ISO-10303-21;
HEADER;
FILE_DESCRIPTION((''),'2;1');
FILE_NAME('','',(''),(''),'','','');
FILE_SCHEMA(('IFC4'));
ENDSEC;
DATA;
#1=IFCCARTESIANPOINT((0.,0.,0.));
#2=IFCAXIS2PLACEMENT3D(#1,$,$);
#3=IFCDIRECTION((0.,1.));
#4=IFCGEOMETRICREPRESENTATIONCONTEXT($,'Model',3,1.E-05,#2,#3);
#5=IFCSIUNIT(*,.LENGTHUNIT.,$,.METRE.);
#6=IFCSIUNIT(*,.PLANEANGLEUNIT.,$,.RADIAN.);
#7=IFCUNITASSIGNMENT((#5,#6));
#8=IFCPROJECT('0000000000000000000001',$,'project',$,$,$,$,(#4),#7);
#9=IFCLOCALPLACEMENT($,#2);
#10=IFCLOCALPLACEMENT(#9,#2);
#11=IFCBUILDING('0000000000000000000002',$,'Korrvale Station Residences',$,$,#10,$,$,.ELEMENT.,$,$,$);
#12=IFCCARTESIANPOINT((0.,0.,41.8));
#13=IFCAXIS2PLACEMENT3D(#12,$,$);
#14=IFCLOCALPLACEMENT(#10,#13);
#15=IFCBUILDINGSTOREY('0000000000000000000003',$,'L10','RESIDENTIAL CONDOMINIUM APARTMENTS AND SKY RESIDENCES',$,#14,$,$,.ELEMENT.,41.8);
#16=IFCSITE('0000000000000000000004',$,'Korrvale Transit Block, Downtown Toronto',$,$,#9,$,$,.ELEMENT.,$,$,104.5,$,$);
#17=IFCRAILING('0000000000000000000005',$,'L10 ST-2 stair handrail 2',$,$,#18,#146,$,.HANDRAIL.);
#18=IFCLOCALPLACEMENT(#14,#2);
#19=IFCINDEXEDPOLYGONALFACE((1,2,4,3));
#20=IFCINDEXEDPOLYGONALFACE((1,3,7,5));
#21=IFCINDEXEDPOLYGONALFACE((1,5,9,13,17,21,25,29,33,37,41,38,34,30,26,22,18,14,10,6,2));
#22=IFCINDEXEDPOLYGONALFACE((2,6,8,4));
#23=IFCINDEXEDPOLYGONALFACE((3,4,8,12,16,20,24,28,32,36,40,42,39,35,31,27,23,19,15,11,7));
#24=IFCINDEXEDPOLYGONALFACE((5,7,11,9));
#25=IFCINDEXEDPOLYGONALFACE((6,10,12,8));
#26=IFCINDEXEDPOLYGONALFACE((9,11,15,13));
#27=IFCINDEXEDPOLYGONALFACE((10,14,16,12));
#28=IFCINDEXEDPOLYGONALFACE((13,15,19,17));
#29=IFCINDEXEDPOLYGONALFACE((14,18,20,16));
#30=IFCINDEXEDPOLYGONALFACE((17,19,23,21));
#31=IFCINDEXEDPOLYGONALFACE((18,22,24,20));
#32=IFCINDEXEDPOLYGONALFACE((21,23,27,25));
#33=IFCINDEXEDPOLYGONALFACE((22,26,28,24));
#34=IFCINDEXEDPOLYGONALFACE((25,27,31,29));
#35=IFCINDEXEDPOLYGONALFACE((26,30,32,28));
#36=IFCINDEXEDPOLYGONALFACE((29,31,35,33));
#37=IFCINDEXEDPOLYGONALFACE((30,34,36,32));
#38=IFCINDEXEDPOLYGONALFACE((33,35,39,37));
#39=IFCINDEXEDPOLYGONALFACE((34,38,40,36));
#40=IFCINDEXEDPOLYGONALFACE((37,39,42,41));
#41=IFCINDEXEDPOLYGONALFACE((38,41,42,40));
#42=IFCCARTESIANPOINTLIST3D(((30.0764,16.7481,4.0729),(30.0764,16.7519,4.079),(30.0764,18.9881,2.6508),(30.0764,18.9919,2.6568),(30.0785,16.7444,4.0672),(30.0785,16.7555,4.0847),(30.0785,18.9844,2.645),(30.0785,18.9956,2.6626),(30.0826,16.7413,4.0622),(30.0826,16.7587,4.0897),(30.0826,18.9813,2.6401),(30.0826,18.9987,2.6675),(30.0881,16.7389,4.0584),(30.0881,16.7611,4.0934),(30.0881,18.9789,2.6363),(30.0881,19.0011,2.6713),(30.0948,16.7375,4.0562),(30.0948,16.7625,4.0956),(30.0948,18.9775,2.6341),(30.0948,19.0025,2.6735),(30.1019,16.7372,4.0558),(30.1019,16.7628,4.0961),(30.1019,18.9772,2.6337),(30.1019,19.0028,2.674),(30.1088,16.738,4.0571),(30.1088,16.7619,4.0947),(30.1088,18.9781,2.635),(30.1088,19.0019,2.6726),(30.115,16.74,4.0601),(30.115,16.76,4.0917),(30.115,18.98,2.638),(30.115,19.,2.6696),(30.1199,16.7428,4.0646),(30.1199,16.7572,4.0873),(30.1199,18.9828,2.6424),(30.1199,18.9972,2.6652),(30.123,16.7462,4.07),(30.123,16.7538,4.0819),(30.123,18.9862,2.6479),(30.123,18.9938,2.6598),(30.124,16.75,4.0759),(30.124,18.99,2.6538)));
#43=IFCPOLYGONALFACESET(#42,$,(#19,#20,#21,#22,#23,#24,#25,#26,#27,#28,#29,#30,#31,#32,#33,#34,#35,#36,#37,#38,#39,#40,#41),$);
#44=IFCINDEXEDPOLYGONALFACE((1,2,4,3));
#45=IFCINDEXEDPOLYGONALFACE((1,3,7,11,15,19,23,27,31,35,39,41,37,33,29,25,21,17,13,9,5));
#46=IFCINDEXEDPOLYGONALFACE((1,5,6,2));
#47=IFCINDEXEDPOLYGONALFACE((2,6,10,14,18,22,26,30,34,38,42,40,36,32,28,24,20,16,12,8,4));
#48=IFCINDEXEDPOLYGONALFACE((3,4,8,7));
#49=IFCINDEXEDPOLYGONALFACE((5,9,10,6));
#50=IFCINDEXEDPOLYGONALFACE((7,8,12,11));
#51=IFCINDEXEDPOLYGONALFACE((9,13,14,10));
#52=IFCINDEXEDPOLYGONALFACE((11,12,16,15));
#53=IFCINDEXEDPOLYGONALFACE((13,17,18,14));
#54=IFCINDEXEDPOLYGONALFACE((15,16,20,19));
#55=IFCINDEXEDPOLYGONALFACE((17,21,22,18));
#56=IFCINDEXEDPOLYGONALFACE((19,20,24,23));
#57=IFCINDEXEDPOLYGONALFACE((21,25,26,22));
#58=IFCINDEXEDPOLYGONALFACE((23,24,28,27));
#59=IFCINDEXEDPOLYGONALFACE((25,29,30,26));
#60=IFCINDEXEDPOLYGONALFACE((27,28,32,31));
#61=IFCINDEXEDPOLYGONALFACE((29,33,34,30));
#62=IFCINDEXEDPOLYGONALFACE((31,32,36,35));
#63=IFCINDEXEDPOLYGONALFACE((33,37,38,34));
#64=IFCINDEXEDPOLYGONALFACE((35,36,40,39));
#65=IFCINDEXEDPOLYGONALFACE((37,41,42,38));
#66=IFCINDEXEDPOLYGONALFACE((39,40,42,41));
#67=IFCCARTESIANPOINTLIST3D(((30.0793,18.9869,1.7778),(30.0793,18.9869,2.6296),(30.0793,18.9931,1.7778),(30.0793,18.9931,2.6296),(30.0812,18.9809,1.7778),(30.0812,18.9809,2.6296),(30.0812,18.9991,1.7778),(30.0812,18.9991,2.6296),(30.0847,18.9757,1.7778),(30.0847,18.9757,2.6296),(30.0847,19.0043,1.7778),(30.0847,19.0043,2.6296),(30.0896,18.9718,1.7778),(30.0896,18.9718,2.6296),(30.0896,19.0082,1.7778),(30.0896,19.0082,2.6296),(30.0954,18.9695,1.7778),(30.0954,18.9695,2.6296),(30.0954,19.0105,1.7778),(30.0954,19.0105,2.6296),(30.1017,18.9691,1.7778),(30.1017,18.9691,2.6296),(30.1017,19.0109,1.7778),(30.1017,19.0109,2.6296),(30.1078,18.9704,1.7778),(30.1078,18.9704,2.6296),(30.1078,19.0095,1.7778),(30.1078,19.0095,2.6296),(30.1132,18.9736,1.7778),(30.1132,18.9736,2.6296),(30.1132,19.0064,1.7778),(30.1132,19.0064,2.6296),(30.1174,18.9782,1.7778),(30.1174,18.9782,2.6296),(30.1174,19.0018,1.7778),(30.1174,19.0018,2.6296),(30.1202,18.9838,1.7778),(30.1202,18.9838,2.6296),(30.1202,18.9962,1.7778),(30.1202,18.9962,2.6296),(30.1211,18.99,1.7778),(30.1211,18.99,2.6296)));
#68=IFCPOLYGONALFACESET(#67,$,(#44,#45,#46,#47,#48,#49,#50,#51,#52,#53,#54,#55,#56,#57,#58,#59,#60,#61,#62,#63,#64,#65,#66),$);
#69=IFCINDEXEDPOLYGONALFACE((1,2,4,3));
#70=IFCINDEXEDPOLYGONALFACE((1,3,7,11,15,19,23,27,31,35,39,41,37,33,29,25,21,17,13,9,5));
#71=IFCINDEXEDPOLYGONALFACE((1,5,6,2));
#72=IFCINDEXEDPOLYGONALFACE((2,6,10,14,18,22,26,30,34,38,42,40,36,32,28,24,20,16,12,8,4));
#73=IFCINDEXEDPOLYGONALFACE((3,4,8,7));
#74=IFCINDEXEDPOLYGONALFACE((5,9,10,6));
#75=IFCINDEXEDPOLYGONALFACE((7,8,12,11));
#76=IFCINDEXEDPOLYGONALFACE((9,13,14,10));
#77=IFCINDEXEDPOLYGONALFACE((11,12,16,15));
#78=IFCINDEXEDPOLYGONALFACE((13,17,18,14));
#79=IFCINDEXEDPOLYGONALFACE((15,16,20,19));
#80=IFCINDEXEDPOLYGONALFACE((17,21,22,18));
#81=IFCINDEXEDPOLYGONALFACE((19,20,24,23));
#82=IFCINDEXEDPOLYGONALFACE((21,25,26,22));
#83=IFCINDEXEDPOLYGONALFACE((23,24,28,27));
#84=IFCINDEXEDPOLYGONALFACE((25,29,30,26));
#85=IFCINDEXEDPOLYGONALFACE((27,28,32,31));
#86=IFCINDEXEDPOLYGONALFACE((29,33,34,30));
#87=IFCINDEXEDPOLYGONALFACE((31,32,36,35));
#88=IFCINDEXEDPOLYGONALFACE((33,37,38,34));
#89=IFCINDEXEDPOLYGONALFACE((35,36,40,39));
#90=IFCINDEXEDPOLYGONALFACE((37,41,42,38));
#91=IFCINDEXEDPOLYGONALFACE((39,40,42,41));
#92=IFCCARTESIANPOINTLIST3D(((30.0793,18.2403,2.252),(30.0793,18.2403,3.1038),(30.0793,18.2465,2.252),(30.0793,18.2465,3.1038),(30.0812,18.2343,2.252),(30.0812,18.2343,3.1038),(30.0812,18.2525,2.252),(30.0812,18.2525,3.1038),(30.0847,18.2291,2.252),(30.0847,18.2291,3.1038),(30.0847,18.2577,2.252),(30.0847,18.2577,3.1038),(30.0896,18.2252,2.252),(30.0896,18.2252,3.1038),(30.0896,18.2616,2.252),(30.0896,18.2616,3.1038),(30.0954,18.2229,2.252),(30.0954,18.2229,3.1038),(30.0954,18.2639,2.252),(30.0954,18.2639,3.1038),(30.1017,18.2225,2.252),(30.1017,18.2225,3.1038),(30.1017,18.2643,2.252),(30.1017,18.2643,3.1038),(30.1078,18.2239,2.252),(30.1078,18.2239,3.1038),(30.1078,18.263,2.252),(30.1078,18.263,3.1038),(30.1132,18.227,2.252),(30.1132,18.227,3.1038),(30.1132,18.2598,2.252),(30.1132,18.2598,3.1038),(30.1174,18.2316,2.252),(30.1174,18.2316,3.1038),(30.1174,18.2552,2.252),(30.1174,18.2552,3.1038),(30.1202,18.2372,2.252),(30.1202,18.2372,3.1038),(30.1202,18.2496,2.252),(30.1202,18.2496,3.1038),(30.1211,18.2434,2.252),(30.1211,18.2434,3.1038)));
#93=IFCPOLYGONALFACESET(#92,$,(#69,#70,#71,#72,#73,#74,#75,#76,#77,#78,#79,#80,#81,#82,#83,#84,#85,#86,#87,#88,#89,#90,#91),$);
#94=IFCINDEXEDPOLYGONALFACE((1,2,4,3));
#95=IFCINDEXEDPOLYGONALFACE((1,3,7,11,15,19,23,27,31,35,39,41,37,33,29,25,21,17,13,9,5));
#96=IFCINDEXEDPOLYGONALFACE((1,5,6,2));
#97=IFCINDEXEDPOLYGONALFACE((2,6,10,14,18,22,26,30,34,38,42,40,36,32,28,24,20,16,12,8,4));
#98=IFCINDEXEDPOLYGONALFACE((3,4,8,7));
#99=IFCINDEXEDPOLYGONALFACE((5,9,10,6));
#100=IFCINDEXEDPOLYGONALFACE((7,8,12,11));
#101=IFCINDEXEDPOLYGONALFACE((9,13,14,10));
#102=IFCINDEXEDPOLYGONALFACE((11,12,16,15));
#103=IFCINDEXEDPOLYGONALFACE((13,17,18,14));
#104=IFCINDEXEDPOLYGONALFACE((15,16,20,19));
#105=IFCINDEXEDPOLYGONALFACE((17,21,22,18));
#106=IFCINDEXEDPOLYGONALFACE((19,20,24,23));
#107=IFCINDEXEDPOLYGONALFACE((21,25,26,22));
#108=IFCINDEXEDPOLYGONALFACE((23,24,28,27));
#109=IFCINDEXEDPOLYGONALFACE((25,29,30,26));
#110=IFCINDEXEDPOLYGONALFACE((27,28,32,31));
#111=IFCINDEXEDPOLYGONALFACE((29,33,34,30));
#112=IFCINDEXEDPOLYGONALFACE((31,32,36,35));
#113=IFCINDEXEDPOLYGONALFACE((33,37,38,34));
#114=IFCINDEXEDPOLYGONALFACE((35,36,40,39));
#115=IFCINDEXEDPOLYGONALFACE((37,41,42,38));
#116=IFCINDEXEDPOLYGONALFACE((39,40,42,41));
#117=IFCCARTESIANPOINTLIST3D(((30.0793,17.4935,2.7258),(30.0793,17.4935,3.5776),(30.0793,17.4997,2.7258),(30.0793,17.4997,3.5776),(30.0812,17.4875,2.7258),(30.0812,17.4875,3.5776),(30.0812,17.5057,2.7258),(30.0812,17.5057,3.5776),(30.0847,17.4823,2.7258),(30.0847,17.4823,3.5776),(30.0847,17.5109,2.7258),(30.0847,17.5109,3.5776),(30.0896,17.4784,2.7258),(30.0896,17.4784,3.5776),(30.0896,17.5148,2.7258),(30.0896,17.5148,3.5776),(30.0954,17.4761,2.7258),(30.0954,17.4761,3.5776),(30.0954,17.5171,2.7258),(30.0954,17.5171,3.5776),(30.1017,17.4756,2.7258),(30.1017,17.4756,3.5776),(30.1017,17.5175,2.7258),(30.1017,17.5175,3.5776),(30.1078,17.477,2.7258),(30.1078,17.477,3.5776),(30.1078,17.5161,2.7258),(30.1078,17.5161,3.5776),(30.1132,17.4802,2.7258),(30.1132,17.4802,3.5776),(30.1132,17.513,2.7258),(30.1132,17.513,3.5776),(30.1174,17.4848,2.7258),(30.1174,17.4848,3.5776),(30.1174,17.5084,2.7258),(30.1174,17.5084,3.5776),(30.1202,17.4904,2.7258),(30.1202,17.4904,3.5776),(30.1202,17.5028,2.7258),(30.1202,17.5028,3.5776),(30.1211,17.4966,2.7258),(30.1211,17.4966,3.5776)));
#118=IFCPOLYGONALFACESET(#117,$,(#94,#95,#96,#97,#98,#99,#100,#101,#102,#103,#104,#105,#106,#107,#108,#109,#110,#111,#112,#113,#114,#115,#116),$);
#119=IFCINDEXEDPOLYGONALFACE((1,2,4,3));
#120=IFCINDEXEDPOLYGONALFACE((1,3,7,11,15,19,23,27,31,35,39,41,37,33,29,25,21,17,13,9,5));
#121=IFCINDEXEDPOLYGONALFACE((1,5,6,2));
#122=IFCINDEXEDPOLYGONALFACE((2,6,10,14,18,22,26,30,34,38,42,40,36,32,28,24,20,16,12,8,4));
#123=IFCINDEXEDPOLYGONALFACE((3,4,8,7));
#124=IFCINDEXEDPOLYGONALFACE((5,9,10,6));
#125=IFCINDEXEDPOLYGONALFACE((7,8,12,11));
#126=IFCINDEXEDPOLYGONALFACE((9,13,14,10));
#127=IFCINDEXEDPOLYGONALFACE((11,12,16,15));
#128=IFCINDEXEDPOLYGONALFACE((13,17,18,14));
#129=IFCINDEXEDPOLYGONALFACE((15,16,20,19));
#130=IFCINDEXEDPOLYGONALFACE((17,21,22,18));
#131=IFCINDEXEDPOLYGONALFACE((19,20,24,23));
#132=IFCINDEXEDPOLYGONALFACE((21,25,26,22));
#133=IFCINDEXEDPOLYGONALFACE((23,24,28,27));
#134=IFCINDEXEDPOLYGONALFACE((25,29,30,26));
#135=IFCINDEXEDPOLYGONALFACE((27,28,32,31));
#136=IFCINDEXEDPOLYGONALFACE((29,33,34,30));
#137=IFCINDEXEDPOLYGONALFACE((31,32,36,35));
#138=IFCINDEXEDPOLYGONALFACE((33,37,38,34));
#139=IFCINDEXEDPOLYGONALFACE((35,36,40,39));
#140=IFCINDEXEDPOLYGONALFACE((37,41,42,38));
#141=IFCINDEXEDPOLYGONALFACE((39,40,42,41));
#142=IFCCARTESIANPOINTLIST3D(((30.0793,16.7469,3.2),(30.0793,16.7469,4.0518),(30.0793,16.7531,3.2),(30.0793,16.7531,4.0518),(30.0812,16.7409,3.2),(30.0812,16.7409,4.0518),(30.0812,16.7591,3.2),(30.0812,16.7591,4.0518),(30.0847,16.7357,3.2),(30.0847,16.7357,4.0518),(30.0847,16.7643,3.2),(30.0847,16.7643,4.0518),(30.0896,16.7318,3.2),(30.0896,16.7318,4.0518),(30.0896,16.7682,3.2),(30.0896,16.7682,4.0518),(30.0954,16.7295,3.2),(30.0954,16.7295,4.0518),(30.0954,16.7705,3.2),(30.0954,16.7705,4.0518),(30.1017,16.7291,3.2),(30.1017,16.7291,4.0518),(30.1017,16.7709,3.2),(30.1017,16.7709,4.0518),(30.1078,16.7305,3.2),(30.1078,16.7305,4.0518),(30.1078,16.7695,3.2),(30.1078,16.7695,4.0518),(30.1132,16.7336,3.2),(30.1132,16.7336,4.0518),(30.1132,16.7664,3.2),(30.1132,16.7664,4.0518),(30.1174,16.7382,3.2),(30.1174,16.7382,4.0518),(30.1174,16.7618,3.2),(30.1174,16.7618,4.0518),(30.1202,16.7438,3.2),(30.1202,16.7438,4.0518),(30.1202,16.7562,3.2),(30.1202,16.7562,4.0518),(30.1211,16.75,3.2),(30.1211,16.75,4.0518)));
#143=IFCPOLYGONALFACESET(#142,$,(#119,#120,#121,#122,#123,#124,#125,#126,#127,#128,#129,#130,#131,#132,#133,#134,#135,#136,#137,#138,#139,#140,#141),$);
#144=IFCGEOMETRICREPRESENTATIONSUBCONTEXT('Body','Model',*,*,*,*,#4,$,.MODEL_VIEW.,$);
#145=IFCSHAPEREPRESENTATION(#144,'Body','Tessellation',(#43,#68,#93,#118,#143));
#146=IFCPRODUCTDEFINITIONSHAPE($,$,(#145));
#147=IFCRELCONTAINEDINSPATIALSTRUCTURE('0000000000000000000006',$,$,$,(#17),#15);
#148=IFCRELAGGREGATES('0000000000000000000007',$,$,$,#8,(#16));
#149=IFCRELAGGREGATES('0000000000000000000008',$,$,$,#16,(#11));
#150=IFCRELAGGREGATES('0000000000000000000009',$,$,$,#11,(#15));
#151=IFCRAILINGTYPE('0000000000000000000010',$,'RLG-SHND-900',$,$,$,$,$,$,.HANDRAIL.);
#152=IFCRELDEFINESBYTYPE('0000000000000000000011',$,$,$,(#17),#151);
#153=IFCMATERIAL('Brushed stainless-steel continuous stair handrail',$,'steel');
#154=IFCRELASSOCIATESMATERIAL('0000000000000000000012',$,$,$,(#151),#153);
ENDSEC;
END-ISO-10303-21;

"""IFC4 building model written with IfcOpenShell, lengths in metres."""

from ifc_helpers import new_model, si_unit, direction, frame, origin, origin_2d, place, context, subcontext, project, spatial, circle, extrude, material, type_object, element, save


model = new_model("IFC4")

# Units and contexts
model_context = context("Model", 3, precision=1e-05, world=origin(), true_north=direction((0.0, 1.0)))
body_context = subcontext(model_context, "Body", "Model", "MODEL_VIEW")
ifc_project = project(units=[si_unit("LENGTHUNIT", "METRE"), si_unit("PLANEANGLEUNIT", "RADIAN")], contexts=[model_context])

# Site, building, storey
site_placement = place(None, origin())
site = spatial("IfcSite", under=ifc_project, at=site_placement, Name="Korrvale Transit Block, Downtown Toronto", CompositionType="ELEMENT", RefElevation=104.5)
building_placement = place(site_placement, origin())
building = spatial("IfcBuilding", under=site, at=building_placement, Name="Korrvale Station Residences", CompositionType="ELEMENT")
storey_placement = place(building_placement, frame((0.0, 0.0, 41.8)))
storey = spatial("IfcBuildingStorey", under=building, at=storey_placement, Name="L10", Description="RESIDENTIAL CONDOMINIUM APARTMENTS AND SKY RESIDENCES", CompositionType="ELEMENT", Elevation=41.8)

# Railing
ifc_material_1 = material(Name="Brushed stainless-steel continuous stair handrail", Category="steel")
railing_type_1 = type_object("IfcRailingType", Name="RLG-SHND-900", PredefinedType="HANDRAIL", material=ifc_material_1)
railing_1_placement = place(storey_placement, frame((30.1001, 18.99, 1.7778)))
element("IfcRailing", 1, at=railing_1_placement, inside=storey, type_object=railing_type_1, Name="L10 ST-2 stair handrail 2", PredefinedType="HANDRAIL", context=body_context, shape_type="SweptSolid", body=[
    extrude(circle(Radius=0.0239, at=origin_2d()), frame((0.0, 0.0, 0.876), z_axis=(0.0, -0.844229, 0.535982), x_axis=(1.0, 0.0, 0.0)), (0.0, 0.0, 1.0), 2.6533),
    extrude(circle(Radius=0.021, at=origin_2d()), origin(), (0.0, 0.0, 1.0), 0.8518),
    extrude(circle(Radius=0.021, at=origin_2d()), frame((0.0, -0.7466, 0.4741)), (0.0, 0.0, 1.0), 0.8518),
    extrude(circle(Radius=0.021, at=origin_2d()), frame((0.0, -1.4934, 0.948)), (0.0, 0.0, 1.0), 0.8518),
    extrude(circle(Radius=0.021, at=origin_2d()), frame((0.0, -2.24, 1.4221)), (0.0, 0.0, 1.0), 0.8518),
])

save(model, "model.ifc")
